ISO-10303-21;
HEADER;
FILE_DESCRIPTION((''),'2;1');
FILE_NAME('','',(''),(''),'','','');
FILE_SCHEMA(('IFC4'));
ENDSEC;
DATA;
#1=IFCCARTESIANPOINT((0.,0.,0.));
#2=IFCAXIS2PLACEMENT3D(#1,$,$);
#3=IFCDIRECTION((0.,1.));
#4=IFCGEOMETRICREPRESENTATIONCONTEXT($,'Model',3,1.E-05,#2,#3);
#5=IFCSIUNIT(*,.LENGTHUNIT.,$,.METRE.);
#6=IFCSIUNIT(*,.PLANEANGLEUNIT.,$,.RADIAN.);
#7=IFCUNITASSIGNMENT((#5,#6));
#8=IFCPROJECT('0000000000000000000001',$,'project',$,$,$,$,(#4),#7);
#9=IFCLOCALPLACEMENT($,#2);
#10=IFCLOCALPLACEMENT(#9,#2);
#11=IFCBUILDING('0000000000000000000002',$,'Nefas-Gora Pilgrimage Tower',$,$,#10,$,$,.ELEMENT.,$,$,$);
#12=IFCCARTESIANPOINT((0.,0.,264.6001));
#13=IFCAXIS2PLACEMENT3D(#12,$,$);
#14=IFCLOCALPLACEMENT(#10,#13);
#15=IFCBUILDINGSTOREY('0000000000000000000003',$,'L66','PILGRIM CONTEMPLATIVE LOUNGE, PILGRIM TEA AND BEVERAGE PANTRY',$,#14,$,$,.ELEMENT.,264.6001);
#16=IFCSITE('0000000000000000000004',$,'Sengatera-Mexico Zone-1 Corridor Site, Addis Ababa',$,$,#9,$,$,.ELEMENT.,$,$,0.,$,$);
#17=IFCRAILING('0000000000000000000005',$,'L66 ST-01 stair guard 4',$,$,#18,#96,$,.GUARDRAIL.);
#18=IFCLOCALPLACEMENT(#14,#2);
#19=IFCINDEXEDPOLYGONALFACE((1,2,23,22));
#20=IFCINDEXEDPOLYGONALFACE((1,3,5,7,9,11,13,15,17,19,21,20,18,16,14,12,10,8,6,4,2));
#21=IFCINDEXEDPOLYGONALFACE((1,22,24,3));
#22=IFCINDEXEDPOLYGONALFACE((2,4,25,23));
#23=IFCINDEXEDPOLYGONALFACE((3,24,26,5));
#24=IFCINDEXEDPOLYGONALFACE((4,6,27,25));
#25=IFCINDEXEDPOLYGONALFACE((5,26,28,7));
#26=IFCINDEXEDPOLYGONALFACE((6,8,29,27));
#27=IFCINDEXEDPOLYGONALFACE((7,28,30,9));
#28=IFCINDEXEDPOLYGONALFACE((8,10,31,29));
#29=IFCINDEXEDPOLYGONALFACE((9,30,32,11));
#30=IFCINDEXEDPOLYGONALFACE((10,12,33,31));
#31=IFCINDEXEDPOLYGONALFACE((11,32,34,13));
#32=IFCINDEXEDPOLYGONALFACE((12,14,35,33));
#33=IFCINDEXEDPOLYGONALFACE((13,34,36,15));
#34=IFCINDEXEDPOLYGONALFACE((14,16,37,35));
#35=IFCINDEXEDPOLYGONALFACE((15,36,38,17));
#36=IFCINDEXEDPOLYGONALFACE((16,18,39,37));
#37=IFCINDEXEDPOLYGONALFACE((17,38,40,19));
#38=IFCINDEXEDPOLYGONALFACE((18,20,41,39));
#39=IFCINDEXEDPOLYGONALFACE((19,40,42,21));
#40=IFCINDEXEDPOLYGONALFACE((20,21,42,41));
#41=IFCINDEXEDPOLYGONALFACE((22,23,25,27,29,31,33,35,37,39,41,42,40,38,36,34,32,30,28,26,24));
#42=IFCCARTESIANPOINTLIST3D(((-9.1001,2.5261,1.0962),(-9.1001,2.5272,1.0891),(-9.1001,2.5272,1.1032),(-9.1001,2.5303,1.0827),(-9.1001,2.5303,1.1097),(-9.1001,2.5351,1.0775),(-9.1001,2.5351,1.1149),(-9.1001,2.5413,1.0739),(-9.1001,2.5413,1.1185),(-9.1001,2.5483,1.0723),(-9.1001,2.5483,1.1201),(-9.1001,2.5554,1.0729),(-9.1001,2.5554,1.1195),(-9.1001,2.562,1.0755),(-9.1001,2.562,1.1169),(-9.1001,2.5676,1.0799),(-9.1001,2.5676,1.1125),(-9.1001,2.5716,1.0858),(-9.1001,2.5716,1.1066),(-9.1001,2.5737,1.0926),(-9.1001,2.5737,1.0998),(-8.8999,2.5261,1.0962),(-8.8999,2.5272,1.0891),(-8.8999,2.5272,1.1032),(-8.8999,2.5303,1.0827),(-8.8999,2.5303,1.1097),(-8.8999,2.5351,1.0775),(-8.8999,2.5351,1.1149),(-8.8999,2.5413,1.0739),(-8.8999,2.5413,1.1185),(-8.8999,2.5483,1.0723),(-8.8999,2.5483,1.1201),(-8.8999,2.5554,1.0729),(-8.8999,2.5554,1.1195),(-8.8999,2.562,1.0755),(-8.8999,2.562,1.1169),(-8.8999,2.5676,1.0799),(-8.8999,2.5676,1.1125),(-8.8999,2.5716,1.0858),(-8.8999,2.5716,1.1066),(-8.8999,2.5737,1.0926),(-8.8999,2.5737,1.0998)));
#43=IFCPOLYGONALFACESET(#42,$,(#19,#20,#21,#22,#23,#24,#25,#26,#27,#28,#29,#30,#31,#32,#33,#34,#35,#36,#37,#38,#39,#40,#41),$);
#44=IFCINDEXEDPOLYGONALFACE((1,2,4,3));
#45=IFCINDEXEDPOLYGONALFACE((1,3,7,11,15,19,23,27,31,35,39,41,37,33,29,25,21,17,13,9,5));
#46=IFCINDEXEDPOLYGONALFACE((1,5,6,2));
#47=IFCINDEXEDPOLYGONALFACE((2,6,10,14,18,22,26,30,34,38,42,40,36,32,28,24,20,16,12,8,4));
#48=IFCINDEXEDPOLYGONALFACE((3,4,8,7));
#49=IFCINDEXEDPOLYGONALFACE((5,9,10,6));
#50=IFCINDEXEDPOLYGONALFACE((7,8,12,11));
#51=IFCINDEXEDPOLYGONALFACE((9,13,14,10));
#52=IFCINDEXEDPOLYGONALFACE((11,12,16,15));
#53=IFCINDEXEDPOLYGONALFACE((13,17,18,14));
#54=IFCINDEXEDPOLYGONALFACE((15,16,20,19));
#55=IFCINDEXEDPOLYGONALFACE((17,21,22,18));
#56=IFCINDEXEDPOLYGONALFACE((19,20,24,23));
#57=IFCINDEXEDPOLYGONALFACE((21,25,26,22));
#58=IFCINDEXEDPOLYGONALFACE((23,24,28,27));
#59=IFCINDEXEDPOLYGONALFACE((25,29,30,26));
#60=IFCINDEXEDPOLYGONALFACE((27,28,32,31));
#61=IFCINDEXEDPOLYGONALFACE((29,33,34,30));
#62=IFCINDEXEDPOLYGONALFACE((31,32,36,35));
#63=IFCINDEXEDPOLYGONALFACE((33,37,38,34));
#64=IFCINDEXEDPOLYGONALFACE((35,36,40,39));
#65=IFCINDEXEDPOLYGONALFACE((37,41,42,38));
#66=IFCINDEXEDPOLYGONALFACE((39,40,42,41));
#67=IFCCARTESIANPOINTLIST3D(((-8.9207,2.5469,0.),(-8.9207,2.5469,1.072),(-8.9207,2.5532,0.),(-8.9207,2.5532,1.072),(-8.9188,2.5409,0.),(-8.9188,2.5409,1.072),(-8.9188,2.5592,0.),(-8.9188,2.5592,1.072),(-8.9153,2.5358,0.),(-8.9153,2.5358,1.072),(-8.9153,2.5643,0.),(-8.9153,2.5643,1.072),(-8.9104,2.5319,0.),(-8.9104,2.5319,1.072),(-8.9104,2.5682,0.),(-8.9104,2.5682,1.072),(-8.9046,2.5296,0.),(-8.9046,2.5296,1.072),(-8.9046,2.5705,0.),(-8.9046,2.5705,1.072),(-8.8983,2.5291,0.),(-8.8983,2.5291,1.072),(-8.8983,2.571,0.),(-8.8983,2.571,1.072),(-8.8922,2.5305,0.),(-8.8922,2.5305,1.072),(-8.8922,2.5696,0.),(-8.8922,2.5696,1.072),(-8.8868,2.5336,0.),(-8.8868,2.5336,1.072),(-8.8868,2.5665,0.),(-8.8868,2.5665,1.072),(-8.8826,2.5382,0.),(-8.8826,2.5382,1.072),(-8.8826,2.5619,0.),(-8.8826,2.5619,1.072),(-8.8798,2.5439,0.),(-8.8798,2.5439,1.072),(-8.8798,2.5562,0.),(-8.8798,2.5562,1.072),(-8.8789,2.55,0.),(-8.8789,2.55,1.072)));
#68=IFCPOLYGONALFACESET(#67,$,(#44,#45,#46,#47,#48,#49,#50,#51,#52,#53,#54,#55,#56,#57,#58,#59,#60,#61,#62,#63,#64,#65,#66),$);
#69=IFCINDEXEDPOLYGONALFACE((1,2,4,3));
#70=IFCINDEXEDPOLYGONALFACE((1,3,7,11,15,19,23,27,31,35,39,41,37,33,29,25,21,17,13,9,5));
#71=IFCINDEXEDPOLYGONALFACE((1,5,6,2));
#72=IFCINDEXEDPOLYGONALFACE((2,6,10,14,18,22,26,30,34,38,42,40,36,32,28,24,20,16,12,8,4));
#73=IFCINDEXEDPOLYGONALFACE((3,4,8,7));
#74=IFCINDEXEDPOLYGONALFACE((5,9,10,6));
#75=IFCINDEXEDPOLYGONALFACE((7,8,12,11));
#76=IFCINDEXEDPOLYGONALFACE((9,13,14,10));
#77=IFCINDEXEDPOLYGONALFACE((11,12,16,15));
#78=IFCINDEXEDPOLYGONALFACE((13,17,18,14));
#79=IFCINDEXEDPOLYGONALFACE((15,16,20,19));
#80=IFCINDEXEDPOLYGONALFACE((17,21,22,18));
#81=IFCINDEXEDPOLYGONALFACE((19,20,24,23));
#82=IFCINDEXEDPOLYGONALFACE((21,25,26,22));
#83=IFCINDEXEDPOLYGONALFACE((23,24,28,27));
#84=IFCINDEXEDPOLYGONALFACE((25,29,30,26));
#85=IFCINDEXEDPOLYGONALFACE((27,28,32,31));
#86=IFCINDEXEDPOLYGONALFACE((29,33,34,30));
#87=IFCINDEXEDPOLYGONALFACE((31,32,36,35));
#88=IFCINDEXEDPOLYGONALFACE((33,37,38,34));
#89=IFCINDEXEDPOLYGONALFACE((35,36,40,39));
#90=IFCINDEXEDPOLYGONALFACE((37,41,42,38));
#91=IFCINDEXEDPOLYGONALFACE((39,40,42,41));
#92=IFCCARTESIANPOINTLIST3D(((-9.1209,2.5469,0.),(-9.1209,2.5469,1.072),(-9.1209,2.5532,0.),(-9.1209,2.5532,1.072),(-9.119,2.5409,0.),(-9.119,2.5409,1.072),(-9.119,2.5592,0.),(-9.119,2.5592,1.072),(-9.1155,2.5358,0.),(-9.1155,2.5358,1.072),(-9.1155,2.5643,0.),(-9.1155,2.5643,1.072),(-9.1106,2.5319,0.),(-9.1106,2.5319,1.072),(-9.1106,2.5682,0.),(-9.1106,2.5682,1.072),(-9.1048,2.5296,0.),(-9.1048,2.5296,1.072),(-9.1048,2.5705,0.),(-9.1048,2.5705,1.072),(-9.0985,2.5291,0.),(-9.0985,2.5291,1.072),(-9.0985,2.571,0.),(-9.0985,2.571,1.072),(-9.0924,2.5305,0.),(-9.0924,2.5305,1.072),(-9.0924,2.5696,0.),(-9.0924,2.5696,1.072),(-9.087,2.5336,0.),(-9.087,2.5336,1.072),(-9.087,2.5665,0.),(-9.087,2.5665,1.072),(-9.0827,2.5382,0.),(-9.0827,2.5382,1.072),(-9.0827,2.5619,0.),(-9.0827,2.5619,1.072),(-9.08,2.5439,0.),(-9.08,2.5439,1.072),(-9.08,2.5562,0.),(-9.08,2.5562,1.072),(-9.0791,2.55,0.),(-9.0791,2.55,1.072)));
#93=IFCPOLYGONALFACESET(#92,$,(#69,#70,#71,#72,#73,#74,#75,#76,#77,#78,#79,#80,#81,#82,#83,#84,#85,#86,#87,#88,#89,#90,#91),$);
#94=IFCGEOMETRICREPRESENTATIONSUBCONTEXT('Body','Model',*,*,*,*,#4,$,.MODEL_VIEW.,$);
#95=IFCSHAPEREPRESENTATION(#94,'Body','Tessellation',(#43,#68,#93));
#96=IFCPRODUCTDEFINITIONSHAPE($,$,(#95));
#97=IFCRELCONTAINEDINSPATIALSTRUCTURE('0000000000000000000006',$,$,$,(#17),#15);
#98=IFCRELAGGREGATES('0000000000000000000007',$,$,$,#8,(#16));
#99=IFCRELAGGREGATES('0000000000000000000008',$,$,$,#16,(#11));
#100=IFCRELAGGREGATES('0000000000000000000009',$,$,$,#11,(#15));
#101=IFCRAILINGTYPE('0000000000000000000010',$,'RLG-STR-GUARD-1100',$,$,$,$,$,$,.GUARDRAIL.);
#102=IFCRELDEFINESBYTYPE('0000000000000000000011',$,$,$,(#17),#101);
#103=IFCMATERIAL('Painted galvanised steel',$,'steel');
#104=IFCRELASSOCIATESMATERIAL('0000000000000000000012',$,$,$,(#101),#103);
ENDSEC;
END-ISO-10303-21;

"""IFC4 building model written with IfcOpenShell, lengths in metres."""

from ifc_helpers import new_model, si_unit, direction, frame, origin, origin_2d, place, context, subcontext, project, spatial, circle, extrude, material, type_object, element, save


model = new_model("IFC4")

# Units and contexts
model_context = context("Model", 3, precision=1e-05, world=origin(), true_north=direction((0.0, 1.0)))
body_context = subcontext(model_context, "Body", "Model", "MODEL_VIEW")
ifc_project = project(units=[si_unit("LENGTHUNIT", "METRE"), si_unit("PLANEANGLEUNIT", "RADIAN")], contexts=[model_context])

# Site, building, storey
site_placement = place(None, origin())
site = spatial("IfcSite", under=ifc_project, at=site_placement, Name="Sengatera-Mexico Zone-1 Corridor Site, Addis Ababa", CompositionType="ELEMENT", RefElevation=0.0)
building_placement = place(site_placement, origin())
building = spatial("IfcBuilding", under=site, at=building_placement, Name="Nefas-Gora Pilgrimage Tower", CompositionType="ELEMENT")
storey_placement = place(building_placement, frame((0.0, 0.0, 264.6001)))
storey = spatial("IfcBuildingStorey", under=building, at=storey_placement, Name="L66", Description="PILGRIM CONTEMPLATIVE LOUNGE, PILGRIM TEA AND BEVERAGE PANTRY", CompositionType="ELEMENT", Elevation=264.6001)

# Railing
ifc_material_1 = material(Name="Painted galvanised steel", Category="steel")
railing_type_1 = type_object("IfcRailingType", Name="RLG-STR-GUARD-1100", PredefinedType="GUARDRAIL", material=ifc_material_1)
railing_1_placement = place(storey_placement, frame((-8.8999, 2.55, 0.0)))
element("IfcRailing", 1, at=railing_1_placement, inside=storey, type_object=railing_type_1, Name="L66 ST-01 stair guard 4", PredefinedType="GUARDRAIL", context=body_context, shape_type="SweptSolid", body=[
    extrude(circle(Radius=0.0239, at=origin_2d()), frame((0.0, 0.0, 1.0962), z_axis=(-1.0, 0.0, 0.0), x_axis=(0.0, -1.0, 0.0)), (0.0, 0.0, 1.0), 0.2002),
    extrude(circle(Radius=0.021, at=origin_2d()), origin(), (0.0, 0.0, 1.0), 1.072),
    extrude(circle(Radius=0.021, at=origin_2d()), frame((-0.2002, 0.0, 0.0)), (0.0, 0.0, 1.0), 1.072),
])

save(model, "model.ifc")
